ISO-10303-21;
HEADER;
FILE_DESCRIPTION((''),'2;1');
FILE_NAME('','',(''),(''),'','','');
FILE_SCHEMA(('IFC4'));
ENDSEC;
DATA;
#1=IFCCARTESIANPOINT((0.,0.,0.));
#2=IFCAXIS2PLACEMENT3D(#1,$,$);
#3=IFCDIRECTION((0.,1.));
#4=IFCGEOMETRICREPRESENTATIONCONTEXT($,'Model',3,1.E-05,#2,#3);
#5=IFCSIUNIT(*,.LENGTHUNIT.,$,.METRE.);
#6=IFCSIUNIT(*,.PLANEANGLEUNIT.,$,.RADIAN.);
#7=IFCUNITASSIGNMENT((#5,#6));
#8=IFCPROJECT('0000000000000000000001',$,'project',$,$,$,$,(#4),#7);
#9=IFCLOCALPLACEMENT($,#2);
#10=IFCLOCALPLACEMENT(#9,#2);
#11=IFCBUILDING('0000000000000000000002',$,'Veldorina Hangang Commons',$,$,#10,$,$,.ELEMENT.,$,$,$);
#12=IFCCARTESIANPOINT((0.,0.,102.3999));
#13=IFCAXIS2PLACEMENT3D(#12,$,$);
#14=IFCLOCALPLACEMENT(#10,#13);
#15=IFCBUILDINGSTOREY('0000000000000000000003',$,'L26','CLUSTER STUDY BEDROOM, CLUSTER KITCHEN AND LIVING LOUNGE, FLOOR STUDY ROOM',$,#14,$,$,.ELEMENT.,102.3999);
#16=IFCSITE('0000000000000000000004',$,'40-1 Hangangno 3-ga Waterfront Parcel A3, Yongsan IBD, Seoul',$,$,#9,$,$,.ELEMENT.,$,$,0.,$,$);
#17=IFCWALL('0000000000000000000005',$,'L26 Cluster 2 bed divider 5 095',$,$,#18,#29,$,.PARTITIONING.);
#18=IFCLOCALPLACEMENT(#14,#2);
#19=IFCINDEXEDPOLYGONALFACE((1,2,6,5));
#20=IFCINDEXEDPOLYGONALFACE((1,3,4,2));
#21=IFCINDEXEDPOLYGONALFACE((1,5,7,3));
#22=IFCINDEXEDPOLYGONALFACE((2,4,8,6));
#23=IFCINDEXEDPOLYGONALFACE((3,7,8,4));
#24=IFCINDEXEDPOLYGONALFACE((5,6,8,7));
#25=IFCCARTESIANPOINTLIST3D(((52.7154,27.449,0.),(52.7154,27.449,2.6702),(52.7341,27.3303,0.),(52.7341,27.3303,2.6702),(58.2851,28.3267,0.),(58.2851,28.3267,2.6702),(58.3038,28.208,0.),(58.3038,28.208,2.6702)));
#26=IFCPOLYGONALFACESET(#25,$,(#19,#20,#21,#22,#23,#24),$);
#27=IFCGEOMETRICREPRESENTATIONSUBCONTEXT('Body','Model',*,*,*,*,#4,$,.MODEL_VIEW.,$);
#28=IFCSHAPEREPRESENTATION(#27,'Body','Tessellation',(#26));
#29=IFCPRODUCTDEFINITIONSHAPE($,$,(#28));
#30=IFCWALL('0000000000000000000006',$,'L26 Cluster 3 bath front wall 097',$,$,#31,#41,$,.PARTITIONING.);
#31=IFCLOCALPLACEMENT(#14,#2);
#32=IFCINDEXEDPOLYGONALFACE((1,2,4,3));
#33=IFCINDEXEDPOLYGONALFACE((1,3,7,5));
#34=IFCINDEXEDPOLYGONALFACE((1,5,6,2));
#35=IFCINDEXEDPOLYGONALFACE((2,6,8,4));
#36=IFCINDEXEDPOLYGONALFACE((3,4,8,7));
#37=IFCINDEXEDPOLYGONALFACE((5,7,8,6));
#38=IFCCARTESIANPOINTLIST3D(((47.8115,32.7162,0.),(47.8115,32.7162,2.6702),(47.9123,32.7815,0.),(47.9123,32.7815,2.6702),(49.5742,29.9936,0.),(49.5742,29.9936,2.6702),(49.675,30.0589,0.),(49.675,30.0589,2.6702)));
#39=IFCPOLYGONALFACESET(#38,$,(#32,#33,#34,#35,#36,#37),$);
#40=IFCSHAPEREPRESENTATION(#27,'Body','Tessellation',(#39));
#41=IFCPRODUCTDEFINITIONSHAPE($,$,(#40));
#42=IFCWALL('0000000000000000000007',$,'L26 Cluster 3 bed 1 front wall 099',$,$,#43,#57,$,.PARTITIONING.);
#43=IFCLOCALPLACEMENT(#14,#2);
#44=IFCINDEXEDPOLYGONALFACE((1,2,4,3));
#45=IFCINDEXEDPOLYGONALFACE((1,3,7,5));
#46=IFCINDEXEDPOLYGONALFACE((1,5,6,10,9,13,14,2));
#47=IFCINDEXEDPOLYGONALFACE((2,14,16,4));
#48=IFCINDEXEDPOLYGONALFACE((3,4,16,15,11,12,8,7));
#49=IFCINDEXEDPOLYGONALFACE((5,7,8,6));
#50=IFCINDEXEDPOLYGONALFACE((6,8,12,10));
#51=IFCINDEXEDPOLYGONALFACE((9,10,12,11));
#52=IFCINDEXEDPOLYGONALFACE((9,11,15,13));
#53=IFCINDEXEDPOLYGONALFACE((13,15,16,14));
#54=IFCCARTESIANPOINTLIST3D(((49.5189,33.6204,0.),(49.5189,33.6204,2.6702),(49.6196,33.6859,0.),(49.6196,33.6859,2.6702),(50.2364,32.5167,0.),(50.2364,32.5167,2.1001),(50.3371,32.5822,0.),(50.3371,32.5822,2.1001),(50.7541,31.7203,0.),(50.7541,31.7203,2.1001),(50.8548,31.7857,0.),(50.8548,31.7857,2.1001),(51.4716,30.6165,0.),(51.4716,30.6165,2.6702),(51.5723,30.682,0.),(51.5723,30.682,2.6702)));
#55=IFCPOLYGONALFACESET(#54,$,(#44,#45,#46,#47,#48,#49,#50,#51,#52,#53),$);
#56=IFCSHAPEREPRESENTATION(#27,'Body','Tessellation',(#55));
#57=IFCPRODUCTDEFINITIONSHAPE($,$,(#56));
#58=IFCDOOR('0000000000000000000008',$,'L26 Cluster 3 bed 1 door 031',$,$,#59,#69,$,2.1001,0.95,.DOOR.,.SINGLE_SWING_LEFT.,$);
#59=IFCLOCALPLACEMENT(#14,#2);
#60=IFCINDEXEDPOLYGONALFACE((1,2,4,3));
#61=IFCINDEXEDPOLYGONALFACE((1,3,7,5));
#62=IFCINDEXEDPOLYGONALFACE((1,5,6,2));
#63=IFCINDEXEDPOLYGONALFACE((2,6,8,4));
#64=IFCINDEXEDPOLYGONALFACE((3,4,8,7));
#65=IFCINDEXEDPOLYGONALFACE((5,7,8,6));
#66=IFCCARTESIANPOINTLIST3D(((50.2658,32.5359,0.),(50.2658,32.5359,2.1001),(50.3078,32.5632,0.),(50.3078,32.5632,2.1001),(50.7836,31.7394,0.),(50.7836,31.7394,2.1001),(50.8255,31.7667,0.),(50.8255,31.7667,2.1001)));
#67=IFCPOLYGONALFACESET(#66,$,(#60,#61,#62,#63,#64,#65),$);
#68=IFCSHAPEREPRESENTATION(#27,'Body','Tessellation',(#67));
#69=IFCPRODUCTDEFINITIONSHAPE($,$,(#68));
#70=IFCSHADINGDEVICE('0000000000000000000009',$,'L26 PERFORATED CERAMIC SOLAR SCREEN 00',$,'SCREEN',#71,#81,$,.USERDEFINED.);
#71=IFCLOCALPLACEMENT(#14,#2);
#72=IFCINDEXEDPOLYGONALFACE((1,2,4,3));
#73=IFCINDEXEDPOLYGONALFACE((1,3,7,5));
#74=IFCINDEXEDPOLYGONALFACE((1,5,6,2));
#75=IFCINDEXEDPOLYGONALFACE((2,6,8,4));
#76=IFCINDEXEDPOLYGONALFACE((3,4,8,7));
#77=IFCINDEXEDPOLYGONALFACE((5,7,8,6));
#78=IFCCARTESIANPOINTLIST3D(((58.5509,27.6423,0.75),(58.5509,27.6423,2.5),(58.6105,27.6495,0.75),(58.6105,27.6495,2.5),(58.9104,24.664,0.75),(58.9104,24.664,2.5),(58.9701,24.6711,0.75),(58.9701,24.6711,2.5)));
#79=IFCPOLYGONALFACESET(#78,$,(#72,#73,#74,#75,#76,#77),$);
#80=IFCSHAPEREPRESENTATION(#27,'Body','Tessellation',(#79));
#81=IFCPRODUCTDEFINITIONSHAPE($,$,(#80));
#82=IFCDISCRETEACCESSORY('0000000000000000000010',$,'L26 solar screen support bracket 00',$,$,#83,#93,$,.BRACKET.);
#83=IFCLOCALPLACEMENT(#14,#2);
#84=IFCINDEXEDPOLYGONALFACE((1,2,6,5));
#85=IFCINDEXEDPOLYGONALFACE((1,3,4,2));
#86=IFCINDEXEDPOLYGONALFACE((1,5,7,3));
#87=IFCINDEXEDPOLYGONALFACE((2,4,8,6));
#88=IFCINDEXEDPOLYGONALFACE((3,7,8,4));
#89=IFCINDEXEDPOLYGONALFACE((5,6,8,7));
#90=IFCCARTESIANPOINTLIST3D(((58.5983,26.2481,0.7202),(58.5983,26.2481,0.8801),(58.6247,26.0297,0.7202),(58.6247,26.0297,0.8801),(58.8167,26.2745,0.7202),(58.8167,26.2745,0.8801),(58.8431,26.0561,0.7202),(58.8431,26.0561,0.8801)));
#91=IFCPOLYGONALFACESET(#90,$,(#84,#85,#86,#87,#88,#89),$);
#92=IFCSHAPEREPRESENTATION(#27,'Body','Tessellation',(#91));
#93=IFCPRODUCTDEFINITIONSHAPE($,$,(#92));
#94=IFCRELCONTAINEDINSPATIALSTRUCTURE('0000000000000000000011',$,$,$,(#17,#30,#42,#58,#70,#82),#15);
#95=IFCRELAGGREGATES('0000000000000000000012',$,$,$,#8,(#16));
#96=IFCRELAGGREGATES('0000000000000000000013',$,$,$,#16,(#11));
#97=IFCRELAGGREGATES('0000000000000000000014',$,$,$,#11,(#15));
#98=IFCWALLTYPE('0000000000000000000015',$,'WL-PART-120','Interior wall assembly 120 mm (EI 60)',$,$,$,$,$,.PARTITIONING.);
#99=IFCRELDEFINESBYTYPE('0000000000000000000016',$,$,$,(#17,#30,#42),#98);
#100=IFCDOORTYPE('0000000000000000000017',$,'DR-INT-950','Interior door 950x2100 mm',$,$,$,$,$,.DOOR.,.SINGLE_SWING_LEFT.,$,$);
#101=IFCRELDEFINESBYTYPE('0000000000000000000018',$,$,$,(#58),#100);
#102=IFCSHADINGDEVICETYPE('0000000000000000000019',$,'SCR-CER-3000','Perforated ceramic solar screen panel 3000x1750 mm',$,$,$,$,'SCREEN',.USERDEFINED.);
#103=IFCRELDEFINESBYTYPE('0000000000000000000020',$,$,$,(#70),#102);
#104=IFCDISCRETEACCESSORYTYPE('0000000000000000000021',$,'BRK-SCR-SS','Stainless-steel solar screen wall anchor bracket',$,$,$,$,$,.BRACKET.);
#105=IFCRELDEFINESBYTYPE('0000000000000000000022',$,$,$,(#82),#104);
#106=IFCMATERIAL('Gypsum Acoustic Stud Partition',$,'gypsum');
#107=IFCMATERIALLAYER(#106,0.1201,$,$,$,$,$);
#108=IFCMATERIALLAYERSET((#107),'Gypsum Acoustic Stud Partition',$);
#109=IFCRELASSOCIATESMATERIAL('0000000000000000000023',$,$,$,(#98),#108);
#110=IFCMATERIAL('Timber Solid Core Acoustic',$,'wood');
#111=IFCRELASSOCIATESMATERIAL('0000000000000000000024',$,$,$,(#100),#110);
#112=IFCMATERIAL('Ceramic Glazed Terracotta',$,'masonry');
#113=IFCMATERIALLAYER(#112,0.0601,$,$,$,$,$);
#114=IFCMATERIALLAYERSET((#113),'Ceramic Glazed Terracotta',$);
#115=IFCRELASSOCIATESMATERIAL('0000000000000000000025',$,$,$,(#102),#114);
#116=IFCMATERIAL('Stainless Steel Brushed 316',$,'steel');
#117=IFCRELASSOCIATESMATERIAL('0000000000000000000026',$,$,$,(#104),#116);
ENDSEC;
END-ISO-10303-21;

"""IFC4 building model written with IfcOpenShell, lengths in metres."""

from ifc_helpers import new_model, si_unit, direction, frame, frame_2d, origin, origin_2d, place, context, subcontext, project, spatial, rectangle, extrude, material, layer, layer_set, type_object, element, fill, save


model = new_model("IFC4")

# Units and contexts
model_context = context("Model", 3, precision=1e-05, world=origin(), true_north=direction((0.0, 1.0)))
body_context = subcontext(model_context, "Body", "Model", "MODEL_VIEW")
ifc_project = project(units=[si_unit("LENGTHUNIT", "METRE"), si_unit("PLANEANGLEUNIT", "RADIAN")], contexts=[model_context])

# Site, building, storey
site_placement = place(None, origin())
site = spatial("IfcSite", under=ifc_project, at=site_placement, Name="40-1 Hangangno 3-ga Waterfront Parcel A3, Yongsan IBD, Seoul", CompositionType="ELEMENT", RefElevation=0.0)
building_placement = place(site_placement, origin())
building = spatial("IfcBuilding", under=site, at=building_placement, Name="Veldorina Hangang Commons", CompositionType="ELEMENT")
storey_placement = place(building_placement, frame((0.0, 0.0, 102.3999)))
storey = spatial("IfcBuildingStorey", under=building, at=storey_placement, Name="L26", Description="CLUSTER STUDY BEDROOM, CLUSTER KITCHEN AND LIVING LOUNGE, FLOOR STUDY ROOM", CompositionType="ELEMENT", Elevation=102.3999)

# Shared definitions
ifc_material_1 = material(Name="Gypsum Acoustic Stud Partition", Category="gypsum")
ifc_layer_1 = layer(ifc_material_1, 0.1201)
ifc_layer_set_1 = layer_set([ifc_layer_1], Name="Gypsum Acoustic Stud Partition")
wall_type_1 = type_object("IfcWallType", Name="WL-PART-120", Description="Interior wall assembly 120 mm (EI 60)", PredefinedType="PARTITIONING", material=ifc_layer_set_1)
ifc_material_2 = material(Name="Timber Solid Core Acoustic", Category="wood")
door_type = type_object("IfcDoorType", Name="DR-INT-950", Description="Interior door 950x2100 mm", OperationType="SINGLE_SWING_LEFT", PredefinedType="DOOR", material=ifc_material_2)

# Walls
wall_1_placement = place(storey_placement, frame((52.7246, 27.3896, 0.0), z_axis=(0.0, 0.0, 1.0), x_axis=(0.98781, 0.155665, 0.0)))
element("IfcWall", 1, at=wall_1_placement, inside=storey, type_object=wall_type_1, Name="L26 Cluster 2 bed divider 5 095", PredefinedType="PARTITIONING", context=body_context, shape_type="SweptSolid", body=[
    extrude(rectangle(XDim=5.6384, YDim=0.1201, at=frame_2d((2.8193, 0.0))), origin(), (0.0, 0.0, 1.0), 2.6702),
])
wall_2_placement = place(storey_placement, frame((49.6245, 30.0264, 0.0), z_axis=(0.0, 0.0, 1.0), x_axis=(-0.543463, 0.839433, 0.0)))
element("IfcWall", 2, at=wall_2_placement, inside=storey, type_object=wall_type_1, Name="L26 Cluster 3 bath front wall 097", PredefinedType="PARTITIONING", context=body_context, shape_type="SweptSolid", body=[
    extrude(rectangle(XDim=3.2434, YDim=0.1201, at=frame_2d((1.6216, 0.0))), origin(), (0.0, 0.0, 1.0), 2.6702),
])

# Wall, opening, door
wall_3_placement = place(storey_placement, frame((51.522, 30.6492, 0.0), z_axis=(0.0, 0.0, 1.0), x_axis=(-0.545008, 0.838431, 0.0)))
wall_3 = element("IfcWall", 3, at=wall_3_placement, inside=storey, type_object=wall_type_1, Name="L26 Cluster 3 bed 1 front wall 099", PredefinedType="PARTITIONING", context=body_context, shape_type="SweptSolid", body=[
    extrude(rectangle(XDim=3.5828, YDim=0.1201, at=frame_2d((1.7915, 0.0))), origin(), (0.0, 0.0, 1.0), 2.6702),
])
opening_1_placement = place(wall_3_placement, frame((1.3164, 0.0, 0.0)))
opening_1 = element("IfcOpeningElement", 4, at=opening_1_placement, cuts=wall_3, PredefinedType="OPENING", context=body_context, shape_type="SweptSolid", body=[
    extrude(rectangle(XDim=0.95, YDim=2.1001, at=frame_2d((0.4751, 1.05))), frame((0.0, 0.0701, 0.0), z_axis=(0.0, -1.0, 0.0), x_axis=(1.0, 0.0, 0.0)), (0.0, 0.0, 1.0), 0.1401),
])
door_1_placement = place(opening_1_placement, origin())
door_1 = element("IfcDoor", 5, at=door_1_placement, inside=storey, type_object=door_type, Name="L26 Cluster 3 bed 1 door 031", OperationType="SINGLE_SWING_LEFT", OverallHeight=2.1001, OverallWidth=0.95, PredefinedType="DOOR", context=body_context, shape_type="SweptSolid", body=[
    extrude(rectangle(XDim=0.95, YDim=2.1001, at=frame_2d((0.4751, 1.05))), frame((0.0, 0.0249, 0.0), z_axis=(0.0, -1.0, 0.0), x_axis=(1.0, 0.0, 0.0)), (0.0, 0.0, 1.0), 0.05),
])
fill(opening_1, door_1)

# Shading device
ifc_material_3 = material(Name="Ceramic Glazed Terracotta", Category="masonry")
ifc_layer_2 = layer(ifc_material_3, 0.0601)
ifc_layer_set_2 = layer_set([ifc_layer_2], Name="Ceramic Glazed Terracotta")
shading_device_type = type_object("IfcShadingDeviceType", Name="SCR-CER-3000", Description="Perforated ceramic solar screen panel 3000x1750 mm", ElementType="SCREEN", PredefinedType="USERDEFINED", material=ifc_layer_set_2)
shading_device_placement = place(storey_placement, frame((58.7605, 26.1567, 0.75), z_axis=(0.0, 0.0, 1.0), x_axis=(-0.119842, 0.992793, 0.0)))
element("IfcShadingDevice", 6, at=shading_device_placement, inside=storey, type_object=shading_device_type, Name="L26 PERFORATED CERAMIC SOLAR SCREEN 00", ObjectType="SCREEN", PredefinedType="USERDEFINED", context=body_context, shape_type="SweptSolid", body=[
    extrude(rectangle(XDim=3.0, YDim=0.0601, at=origin_2d()), origin(), (0.0, 0.0, 1.0), 1.75),
])

# Discrete accessory
ifc_material_4 = material(Name="Stainless Steel Brushed 316", Category="steel")
discrete_accessory_type = type_object("IfcDiscreteAccessoryType", Name="BRK-SCR-SS", Description="Stainless-steel solar screen wall anchor bracket", PredefinedType="BRACKET", material=ifc_material_4)
discrete_accessory_placement = place(storey_placement, frame((58.7207, 26.1521, 0.7202), z_axis=(0.0, 0.0, 1.0), x_axis=(-0.119842, 0.992793, 0.0)))
element("IfcDiscreteAccessory", 7, at=discrete_accessory_placement, inside=storey, type_object=discrete_accessory_type, Name="L26 solar screen support bracket 00", PredefinedType="BRACKET", context=body_context, shape_type="SweptSolid", body=[
    extrude(rectangle(XDim=0.22, YDim=0.22, at=origin_2d()), origin(), (0.0, 0.0, 1.0), 0.1599),
])

save(model, "model.ifc")
